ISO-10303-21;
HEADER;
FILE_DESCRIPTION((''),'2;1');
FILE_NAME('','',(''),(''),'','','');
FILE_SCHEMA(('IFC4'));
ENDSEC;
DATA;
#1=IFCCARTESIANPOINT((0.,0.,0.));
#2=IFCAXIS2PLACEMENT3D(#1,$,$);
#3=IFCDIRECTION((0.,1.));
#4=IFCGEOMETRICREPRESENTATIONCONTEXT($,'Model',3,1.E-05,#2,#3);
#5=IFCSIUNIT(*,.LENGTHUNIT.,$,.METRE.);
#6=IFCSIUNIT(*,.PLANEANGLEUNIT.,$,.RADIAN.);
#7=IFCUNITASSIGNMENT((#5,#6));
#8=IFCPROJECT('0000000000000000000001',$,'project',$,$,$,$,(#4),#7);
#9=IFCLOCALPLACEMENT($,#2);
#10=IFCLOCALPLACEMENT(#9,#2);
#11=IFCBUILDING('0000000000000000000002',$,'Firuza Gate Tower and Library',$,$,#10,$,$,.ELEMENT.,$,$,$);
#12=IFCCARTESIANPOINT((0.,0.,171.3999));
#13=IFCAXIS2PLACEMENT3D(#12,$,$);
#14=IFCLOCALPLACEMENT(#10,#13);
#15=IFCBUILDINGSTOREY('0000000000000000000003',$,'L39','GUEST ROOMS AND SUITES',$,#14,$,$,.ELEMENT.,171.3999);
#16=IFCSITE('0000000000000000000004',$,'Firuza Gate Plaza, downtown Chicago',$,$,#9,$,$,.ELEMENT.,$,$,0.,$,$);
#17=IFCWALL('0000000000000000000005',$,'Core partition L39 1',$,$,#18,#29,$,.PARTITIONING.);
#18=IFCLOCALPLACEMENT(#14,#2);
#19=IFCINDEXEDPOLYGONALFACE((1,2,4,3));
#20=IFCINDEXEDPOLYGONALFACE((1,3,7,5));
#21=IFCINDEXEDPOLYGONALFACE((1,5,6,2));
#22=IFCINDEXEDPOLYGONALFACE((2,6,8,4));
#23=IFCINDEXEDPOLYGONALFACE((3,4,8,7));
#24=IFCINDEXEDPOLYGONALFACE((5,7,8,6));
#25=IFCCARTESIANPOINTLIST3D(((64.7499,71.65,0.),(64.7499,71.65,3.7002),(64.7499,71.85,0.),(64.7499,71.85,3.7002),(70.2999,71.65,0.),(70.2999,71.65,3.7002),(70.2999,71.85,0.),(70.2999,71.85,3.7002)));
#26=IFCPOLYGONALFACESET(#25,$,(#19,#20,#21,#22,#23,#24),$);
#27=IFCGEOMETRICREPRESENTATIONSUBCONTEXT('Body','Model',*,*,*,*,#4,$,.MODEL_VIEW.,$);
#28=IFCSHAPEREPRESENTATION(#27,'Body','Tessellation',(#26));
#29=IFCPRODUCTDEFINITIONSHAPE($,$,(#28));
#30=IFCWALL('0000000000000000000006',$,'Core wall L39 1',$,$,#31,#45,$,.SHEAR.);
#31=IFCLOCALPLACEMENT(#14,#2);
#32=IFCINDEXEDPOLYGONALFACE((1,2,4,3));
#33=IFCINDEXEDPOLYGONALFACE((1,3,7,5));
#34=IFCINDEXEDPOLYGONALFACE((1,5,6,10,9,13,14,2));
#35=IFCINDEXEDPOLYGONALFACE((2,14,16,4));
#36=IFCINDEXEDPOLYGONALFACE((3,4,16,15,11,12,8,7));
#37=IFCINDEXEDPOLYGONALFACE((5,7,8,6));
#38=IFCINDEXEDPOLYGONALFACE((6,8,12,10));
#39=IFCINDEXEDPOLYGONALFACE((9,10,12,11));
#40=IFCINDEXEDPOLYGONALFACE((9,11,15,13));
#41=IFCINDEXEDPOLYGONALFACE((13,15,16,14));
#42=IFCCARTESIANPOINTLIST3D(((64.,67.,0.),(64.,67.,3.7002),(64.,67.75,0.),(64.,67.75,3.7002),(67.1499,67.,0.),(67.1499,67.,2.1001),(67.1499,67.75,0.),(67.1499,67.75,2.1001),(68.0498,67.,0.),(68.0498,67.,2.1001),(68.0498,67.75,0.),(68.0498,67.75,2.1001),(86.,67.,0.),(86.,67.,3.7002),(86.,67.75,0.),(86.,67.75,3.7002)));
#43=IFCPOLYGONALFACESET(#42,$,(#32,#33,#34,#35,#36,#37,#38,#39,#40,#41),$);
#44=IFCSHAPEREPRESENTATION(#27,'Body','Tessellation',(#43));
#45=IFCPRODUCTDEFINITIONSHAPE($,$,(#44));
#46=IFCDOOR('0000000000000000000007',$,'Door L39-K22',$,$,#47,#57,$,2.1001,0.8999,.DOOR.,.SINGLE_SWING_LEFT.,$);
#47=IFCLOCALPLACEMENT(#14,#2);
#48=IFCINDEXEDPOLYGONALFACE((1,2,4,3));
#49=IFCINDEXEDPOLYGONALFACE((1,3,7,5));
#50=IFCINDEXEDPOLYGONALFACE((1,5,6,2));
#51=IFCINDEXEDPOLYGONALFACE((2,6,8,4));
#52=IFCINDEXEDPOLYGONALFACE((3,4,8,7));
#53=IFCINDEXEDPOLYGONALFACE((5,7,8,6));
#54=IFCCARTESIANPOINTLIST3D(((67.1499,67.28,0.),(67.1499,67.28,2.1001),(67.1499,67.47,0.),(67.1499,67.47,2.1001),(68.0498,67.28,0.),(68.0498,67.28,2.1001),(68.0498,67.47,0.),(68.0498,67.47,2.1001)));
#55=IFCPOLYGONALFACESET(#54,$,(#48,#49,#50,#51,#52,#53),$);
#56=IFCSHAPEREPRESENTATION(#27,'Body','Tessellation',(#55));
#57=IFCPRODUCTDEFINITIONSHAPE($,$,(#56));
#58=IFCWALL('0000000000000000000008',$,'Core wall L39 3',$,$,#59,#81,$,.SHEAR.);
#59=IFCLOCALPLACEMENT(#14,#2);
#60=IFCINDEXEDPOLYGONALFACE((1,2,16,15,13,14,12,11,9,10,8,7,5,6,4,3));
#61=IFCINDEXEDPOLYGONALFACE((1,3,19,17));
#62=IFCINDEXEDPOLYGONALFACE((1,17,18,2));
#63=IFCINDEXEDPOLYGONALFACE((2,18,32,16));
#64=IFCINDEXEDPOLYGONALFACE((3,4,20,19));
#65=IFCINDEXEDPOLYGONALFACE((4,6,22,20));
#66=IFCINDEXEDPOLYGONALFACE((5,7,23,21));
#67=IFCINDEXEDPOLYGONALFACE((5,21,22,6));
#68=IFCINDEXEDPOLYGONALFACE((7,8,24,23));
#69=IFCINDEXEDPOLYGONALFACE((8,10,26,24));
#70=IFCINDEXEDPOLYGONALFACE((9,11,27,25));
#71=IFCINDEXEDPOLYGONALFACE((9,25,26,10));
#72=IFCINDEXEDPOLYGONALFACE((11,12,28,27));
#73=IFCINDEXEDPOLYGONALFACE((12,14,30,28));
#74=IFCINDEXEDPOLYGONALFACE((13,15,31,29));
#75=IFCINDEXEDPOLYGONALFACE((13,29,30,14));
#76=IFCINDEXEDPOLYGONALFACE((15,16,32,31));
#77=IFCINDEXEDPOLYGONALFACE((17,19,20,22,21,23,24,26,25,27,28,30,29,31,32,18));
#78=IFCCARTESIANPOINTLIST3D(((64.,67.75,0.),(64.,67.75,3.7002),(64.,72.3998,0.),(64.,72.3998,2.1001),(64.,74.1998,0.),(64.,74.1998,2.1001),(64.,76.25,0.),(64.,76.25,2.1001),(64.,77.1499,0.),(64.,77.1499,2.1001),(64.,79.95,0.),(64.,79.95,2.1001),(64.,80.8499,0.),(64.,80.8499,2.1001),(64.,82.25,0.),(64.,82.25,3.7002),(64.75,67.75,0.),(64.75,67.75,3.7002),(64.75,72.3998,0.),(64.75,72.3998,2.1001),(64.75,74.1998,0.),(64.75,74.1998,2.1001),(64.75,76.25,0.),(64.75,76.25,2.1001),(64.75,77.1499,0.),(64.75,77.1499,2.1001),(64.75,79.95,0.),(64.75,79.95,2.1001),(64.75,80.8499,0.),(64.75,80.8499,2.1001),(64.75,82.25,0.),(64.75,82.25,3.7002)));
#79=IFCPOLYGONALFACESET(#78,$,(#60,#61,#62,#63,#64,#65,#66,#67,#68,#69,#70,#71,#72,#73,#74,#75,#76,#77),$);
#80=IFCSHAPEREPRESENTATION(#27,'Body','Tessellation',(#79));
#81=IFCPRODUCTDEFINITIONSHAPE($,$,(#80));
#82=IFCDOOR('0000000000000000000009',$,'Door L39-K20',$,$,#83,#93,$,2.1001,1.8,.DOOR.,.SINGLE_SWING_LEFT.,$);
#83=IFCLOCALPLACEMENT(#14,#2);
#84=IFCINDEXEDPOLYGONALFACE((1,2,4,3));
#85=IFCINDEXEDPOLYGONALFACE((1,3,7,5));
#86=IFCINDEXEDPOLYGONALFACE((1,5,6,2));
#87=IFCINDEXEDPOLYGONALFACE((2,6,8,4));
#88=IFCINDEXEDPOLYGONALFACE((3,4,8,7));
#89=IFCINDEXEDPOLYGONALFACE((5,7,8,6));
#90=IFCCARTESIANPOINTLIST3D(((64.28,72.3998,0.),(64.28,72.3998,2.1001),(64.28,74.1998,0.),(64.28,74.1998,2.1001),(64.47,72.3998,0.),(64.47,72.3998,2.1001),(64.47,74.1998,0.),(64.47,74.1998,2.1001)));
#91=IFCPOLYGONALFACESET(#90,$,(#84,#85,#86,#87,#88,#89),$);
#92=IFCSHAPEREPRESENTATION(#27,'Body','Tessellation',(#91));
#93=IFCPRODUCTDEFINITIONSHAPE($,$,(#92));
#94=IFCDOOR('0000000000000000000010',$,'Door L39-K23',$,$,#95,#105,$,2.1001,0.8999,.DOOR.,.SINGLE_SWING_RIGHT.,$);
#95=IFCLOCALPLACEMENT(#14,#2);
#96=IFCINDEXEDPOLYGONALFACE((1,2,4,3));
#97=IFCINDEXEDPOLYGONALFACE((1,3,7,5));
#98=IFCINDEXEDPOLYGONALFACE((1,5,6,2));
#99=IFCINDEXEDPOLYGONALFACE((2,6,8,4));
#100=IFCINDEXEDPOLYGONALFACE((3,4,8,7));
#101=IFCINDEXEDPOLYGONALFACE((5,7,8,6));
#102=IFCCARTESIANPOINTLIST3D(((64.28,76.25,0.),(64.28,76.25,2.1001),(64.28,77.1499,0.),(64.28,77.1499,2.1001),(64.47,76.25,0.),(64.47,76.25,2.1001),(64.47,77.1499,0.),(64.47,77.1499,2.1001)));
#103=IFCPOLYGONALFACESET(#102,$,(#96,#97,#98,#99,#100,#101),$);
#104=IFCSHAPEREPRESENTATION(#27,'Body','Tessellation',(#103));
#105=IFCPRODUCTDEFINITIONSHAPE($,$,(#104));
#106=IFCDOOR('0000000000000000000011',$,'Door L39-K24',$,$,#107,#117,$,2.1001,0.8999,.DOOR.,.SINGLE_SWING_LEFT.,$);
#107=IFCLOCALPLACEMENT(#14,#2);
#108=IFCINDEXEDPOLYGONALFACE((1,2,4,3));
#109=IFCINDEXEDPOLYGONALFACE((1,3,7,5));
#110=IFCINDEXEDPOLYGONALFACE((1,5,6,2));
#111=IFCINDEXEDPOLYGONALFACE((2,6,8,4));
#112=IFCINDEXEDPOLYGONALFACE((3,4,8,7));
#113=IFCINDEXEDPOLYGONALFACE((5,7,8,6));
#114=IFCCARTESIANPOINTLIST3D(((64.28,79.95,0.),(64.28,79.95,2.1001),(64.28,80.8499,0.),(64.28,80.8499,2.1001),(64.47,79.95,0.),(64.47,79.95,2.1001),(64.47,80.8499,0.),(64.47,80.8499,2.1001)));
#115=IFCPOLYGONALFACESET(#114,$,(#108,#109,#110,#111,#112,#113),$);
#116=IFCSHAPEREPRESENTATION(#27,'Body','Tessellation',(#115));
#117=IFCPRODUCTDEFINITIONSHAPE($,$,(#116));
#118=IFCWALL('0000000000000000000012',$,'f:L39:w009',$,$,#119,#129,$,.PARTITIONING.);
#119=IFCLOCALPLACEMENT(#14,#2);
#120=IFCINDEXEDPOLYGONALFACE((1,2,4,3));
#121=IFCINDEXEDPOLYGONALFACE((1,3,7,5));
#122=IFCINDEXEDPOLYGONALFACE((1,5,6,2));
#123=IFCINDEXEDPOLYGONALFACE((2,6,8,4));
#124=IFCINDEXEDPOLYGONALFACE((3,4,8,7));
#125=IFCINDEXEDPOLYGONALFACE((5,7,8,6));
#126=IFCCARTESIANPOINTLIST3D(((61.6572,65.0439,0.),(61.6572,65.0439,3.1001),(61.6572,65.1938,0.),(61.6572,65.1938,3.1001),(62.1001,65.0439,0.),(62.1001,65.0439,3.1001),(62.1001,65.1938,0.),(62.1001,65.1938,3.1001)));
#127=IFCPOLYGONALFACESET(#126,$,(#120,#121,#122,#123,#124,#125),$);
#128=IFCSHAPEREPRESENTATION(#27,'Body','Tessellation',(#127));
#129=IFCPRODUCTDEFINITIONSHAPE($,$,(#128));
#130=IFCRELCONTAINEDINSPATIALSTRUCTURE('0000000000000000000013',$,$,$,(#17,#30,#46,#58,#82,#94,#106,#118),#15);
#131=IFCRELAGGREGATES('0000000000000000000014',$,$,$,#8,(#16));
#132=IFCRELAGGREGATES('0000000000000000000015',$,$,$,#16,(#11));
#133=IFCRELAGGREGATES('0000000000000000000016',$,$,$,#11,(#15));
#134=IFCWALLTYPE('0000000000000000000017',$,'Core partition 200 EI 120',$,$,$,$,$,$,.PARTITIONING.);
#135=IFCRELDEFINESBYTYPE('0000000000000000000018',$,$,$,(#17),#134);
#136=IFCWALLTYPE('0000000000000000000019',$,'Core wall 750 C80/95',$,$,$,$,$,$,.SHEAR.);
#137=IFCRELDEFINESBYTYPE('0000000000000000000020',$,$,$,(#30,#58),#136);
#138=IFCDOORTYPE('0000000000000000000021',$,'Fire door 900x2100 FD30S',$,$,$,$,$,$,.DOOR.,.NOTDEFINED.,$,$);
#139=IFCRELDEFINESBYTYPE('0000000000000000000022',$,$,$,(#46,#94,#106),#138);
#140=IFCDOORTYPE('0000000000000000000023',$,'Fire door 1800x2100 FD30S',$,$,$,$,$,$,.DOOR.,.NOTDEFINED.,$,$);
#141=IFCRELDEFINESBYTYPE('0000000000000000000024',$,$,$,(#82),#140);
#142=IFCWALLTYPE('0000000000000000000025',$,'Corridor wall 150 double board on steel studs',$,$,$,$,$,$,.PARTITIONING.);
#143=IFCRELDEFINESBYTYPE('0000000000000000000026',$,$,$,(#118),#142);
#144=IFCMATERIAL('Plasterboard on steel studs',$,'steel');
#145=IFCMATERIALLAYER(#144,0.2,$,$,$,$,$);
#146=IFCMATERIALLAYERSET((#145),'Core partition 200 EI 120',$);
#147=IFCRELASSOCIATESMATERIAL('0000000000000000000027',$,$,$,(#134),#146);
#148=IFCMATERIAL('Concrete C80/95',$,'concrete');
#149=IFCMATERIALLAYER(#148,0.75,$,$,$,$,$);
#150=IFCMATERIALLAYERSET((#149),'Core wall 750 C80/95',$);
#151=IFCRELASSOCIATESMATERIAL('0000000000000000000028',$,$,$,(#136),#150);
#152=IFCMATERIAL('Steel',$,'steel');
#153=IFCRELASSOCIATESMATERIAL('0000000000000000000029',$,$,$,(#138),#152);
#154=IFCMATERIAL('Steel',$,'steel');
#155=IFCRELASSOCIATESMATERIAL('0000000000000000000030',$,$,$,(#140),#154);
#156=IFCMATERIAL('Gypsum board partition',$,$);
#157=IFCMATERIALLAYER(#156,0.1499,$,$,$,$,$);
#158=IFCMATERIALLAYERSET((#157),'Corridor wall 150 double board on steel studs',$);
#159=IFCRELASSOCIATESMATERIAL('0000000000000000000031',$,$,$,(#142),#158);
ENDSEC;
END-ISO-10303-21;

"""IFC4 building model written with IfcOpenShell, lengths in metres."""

from ifc_helpers import new_model, si_unit, direction, frame, frame_2d, origin, place, context, subcontext, project, spatial, rectangle, extrude, material, layer, layer_set, type_object, element, fill, save


model = new_model("IFC4")

# Units and contexts
model_context = context("Model", 3, precision=1e-05, world=origin(), true_north=direction((0.0, 1.0)))
body_context = subcontext(model_context, "Body", "Model", "MODEL_VIEW")
ifc_project = project(units=[si_unit("LENGTHUNIT", "METRE"), si_unit("PLANEANGLEUNIT", "RADIAN")], contexts=[model_context])

# Site, building, storey
site_placement = place(None, origin())
site = spatial("IfcSite", under=ifc_project, at=site_placement, Name="Firuza Gate Plaza, downtown Chicago", CompositionType="ELEMENT", RefElevation=0.0)
building_placement = place(site_placement, origin())
building = spatial("IfcBuilding", under=site, at=building_placement, Name="Firuza Gate Tower and Library", CompositionType="ELEMENT")
storey_placement = place(building_placement, frame((0.0, 0.0, 171.3999)))
storey = spatial("IfcBuildingStorey", under=building, at=storey_placement, Name="L39", Description="GUEST ROOMS AND SUITES", CompositionType="ELEMENT", Elevation=171.3999)

# Wall
ifc_material_1 = material(Name="Plasterboard on steel studs", Category="steel")
ifc_layer_1 = layer(ifc_material_1, 0.2)
ifc_layer_set_1 = layer_set([ifc_layer_1], Name="Core partition 200 EI 120")
wall_type_1 = type_object("IfcWallType", Name="Core partition 200 EI 120", PredefinedType="PARTITIONING", material=ifc_layer_set_1)
wall_1_placement = place(storey_placement, frame((64.75, 71.75, 0.0), z_axis=(0.0, 0.0, 1.0), x_axis=(1.0, 0.0, 0.0)))
element("IfcWall", 1, at=wall_1_placement, inside=storey, type_object=wall_type_1, Name="Core partition L39 1", PredefinedType="PARTITIONING", context=body_context, shape_type="SweptSolid", body=[
    extrude(rectangle(XDim=5.55, YDim=0.2, at=frame_2d((2.7749, 0.0))), origin(), (0.0, 0.0, 1.0), 3.7002),
])

# Wall, opening, door
ifc_material_2 = material(Name="Concrete C80/95", Category="concrete")
ifc_layer_2 = layer(ifc_material_2, 0.75)
ifc_layer_set_2 = layer_set([ifc_layer_2], Name="Core wall 750 C80/95")
wall_type_2 = type_object("IfcWallType", Name="Core wall 750 C80/95", PredefinedType="SHEAR", material=ifc_layer_set_2)
wall_2_placement = place(storey_placement, frame((64.0, 67.375, 0.0), z_axis=(0.0, 0.0, 1.0), x_axis=(1.0, 0.0, 0.0)))
wall_2 = element("IfcWall", 2, at=wall_2_placement, inside=storey, type_object=wall_type_2, Name="Core wall L39 1", PredefinedType="SHEAR", context=body_context, shape_type="SweptSolid", body=[
    extrude(rectangle(XDim=22.0, YDim=0.75, at=frame_2d((11.0, 0.0))), origin(), (0.0, 0.0, 1.0), 3.7002),
])
opening_1_placement = place(wall_2_placement, frame((3.1499, 0.0, 0.0)))
opening_1 = element("IfcOpeningElement", 3, at=opening_1_placement, cuts=wall_2, PredefinedType="OPENING", context=body_context, shape_type="SweptSolid", body=[
    extrude(rectangle(XDim=0.8999, YDim=2.1001, at=frame_2d((0.45, 1.05))), frame((0.0, 0.385, 0.0), z_axis=(0.0, -1.0, 0.0), x_axis=(1.0, 0.0, 0.0)), (0.0, 0.0, 1.0), 0.77),
])
ifc_material_3 = material(Name="Steel", Category="steel")
door_type_1 = type_object("IfcDoorType", Name="Fire door 900x2100 FD30S", OperationType="NOTDEFINED", PredefinedType="DOOR", material=ifc_material_3)
door_1_placement = place(opening_1_placement, origin())
door_1 = element("IfcDoor", 4, at=door_1_placement, inside=storey, type_object=door_type_1, Name="Door L39-K22", OperationType="SINGLE_SWING_LEFT", OverallHeight=2.1001, OverallWidth=0.8999, PredefinedType="DOOR", context=body_context, shape_type="SweptSolid", body=[
    extrude(rectangle(XDim=0.8999, YDim=2.1001, at=frame_2d((0.45, 1.05))), frame((0.0, 0.095, 0.0), z_axis=(0.0, -1.0, 0.0), x_axis=(1.0, 0.0, 0.0)), (0.0, 0.0, 1.0), 0.1899),
])
fill(opening_1, door_1)

# Wall, openings, doors
wall_3_placement = place(storey_placement, frame((64.375, 67.75, 0.0), z_axis=(0.0, 0.0, 1.0), x_axis=(0.0, 1.0, 0.0)))
wall_3 = element("IfcWall", 5, at=wall_3_placement, inside=storey, type_object=wall_type_2, Name="Core wall L39 3", PredefinedType="SHEAR", context=body_context, shape_type="SweptSolid", body=[
    extrude(rectangle(XDim=14.5, YDim=0.75, at=frame_2d((7.25, 0.0))), origin(), (0.0, 0.0, 1.0), 3.7002),
])
opening_2_placement = place(wall_3_placement, frame((4.6499, 0.0, 0.0)))
opening_2 = element("IfcOpeningElement", 6, at=opening_2_placement, cuts=wall_3, PredefinedType="OPENING", context=body_context, shape_type="SweptSolid", body=[
    extrude(rectangle(XDim=1.8, YDim=2.1001, at=frame_2d((0.8999, 1.05))), frame((0.0, 0.385, 0.0), z_axis=(0.0, -1.0, 0.0), x_axis=(1.0, 0.0, 0.0)), (0.0, 0.0, 1.0), 0.77),
])
opening_3_placement = place(wall_3_placement, frame((8.5, 0.0, 0.0)))
opening_3 = element("IfcOpeningElement", 7, at=opening_3_placement, cuts=wall_3, PredefinedType="OPENING", context=body_context, shape_type="SweptSolid", body=[
    extrude(rectangle(XDim=0.8999, YDim=2.1001, at=frame_2d((0.45, 1.05))), frame((0.0, 0.385, 0.0), z_axis=(0.0, -1.0, 0.0), x_axis=(1.0, 0.0, 0.0)), (0.0, 0.0, 1.0), 0.77),
])
opening_4_placement = place(wall_3_placement, frame((12.2, 0.0, 0.0)))
opening_4 = element("IfcOpeningElement", 8, at=opening_4_placement, cuts=wall_3, PredefinedType="OPENING", context=body_context, shape_type="SweptSolid", body=[
    extrude(rectangle(XDim=0.8999, YDim=2.1001, at=frame_2d((0.45, 1.05))), frame((0.0, 0.385, 0.0), z_axis=(0.0, -1.0, 0.0), x_axis=(1.0, 0.0, 0.0)), (0.0, 0.0, 1.0), 0.77),
])
ifc_material_4 = material(Name="Steel", Category="steel")
door_type_2 = type_object("IfcDoorType", Name="Fire door 1800x2100 FD30S", OperationType="NOTDEFINED", PredefinedType="DOOR", material=ifc_material_4)
door_2_placement = place(opening_2_placement, origin())
door_2 = element("IfcDoor", 9, at=door_2_placement, inside=storey, type_object=door_type_2, Name="Door L39-K20", OperationType="SINGLE_SWING_LEFT", OverallHeight=2.1001, OverallWidth=1.8, PredefinedType="DOOR", context=body_context, shape_type="SweptSolid", body=[
    extrude(rectangle(XDim=1.8, YDim=2.1001, at=frame_2d((0.8999, 1.05))), frame((0.0, 0.095, 0.0), z_axis=(0.0, -1.0, 0.0), x_axis=(1.0, 0.0, 0.0)), (0.0, 0.0, 1.0), 0.1899),
])
fill(opening_2, door_2)
door_3_placement = place(opening_3_placement, origin())
door_3 = element("IfcDoor", 10, at=door_3_placement, inside=storey, type_object=door_type_1, Name="Door L39-K23", OperationType="SINGLE_SWING_RIGHT", OverallHeight=2.1001, OverallWidth=0.8999, PredefinedType="DOOR", context=body_context, shape_type="SweptSolid", body=[
    extrude(rectangle(XDim=0.8999, YDim=2.1001, at=frame_2d((0.45, 1.05))), frame((0.0, 0.095, 0.0), z_axis=(0.0, -1.0, 0.0), x_axis=(1.0, 0.0, 0.0)), (0.0, 0.0, 1.0), 0.1899),
])
fill(opening_3, door_3)
door_4_placement = place(opening_4_placement, origin())
door_4 = element("IfcDoor", 11, at=door_4_placement, inside=storey, type_object=door_type_1, Name="Door L39-K24", OperationType="SINGLE_SWING_LEFT", OverallHeight=2.1001, OverallWidth=0.8999, PredefinedType="DOOR", context=body_context, shape_type="SweptSolid", body=[
    extrude(rectangle(XDim=0.8999, YDim=2.1001, at=frame_2d((0.45, 1.05))), frame((0.0, 0.095, 0.0), z_axis=(0.0, -1.0, 0.0), x_axis=(1.0, 0.0, 0.0)), (0.0, 0.0, 1.0), 0.1899),
])
fill(opening_4, door_4)

# Wall
ifc_material_5 = material(Name="Gypsum board partition")
ifc_layer_3 = layer(ifc_material_5, 0.1499)
ifc_layer_set_3 = layer_set([ifc_layer_3], Name="Corridor wall 150 double board on steel studs")
wall_type_3 = type_object("IfcWallType", Name="Corridor wall 150 double board on steel studs", PredefinedType="PARTITIONING", material=ifc_layer_set_3)
wall_4_placement = place(storey_placement, frame((61.6572, 65.1189, 0.0), z_axis=(0.0, 0.0, 1.0), x_axis=(1.0, 0.0, 0.0)))
element("IfcWall", 12, at=wall_4_placement, inside=storey, type_object=wall_type_3, Name="f:L39:w009", PredefinedType="PARTITIONING", context=body_context, shape_type="SweptSolid", body=[
    extrude(rectangle(XDim=0.4429, YDim=0.1499, at=frame_2d((0.2214, 0.0))), origin(), (0.0, 0.0, 1.0), 3.1001),
])

save(model, "model.ifc")
